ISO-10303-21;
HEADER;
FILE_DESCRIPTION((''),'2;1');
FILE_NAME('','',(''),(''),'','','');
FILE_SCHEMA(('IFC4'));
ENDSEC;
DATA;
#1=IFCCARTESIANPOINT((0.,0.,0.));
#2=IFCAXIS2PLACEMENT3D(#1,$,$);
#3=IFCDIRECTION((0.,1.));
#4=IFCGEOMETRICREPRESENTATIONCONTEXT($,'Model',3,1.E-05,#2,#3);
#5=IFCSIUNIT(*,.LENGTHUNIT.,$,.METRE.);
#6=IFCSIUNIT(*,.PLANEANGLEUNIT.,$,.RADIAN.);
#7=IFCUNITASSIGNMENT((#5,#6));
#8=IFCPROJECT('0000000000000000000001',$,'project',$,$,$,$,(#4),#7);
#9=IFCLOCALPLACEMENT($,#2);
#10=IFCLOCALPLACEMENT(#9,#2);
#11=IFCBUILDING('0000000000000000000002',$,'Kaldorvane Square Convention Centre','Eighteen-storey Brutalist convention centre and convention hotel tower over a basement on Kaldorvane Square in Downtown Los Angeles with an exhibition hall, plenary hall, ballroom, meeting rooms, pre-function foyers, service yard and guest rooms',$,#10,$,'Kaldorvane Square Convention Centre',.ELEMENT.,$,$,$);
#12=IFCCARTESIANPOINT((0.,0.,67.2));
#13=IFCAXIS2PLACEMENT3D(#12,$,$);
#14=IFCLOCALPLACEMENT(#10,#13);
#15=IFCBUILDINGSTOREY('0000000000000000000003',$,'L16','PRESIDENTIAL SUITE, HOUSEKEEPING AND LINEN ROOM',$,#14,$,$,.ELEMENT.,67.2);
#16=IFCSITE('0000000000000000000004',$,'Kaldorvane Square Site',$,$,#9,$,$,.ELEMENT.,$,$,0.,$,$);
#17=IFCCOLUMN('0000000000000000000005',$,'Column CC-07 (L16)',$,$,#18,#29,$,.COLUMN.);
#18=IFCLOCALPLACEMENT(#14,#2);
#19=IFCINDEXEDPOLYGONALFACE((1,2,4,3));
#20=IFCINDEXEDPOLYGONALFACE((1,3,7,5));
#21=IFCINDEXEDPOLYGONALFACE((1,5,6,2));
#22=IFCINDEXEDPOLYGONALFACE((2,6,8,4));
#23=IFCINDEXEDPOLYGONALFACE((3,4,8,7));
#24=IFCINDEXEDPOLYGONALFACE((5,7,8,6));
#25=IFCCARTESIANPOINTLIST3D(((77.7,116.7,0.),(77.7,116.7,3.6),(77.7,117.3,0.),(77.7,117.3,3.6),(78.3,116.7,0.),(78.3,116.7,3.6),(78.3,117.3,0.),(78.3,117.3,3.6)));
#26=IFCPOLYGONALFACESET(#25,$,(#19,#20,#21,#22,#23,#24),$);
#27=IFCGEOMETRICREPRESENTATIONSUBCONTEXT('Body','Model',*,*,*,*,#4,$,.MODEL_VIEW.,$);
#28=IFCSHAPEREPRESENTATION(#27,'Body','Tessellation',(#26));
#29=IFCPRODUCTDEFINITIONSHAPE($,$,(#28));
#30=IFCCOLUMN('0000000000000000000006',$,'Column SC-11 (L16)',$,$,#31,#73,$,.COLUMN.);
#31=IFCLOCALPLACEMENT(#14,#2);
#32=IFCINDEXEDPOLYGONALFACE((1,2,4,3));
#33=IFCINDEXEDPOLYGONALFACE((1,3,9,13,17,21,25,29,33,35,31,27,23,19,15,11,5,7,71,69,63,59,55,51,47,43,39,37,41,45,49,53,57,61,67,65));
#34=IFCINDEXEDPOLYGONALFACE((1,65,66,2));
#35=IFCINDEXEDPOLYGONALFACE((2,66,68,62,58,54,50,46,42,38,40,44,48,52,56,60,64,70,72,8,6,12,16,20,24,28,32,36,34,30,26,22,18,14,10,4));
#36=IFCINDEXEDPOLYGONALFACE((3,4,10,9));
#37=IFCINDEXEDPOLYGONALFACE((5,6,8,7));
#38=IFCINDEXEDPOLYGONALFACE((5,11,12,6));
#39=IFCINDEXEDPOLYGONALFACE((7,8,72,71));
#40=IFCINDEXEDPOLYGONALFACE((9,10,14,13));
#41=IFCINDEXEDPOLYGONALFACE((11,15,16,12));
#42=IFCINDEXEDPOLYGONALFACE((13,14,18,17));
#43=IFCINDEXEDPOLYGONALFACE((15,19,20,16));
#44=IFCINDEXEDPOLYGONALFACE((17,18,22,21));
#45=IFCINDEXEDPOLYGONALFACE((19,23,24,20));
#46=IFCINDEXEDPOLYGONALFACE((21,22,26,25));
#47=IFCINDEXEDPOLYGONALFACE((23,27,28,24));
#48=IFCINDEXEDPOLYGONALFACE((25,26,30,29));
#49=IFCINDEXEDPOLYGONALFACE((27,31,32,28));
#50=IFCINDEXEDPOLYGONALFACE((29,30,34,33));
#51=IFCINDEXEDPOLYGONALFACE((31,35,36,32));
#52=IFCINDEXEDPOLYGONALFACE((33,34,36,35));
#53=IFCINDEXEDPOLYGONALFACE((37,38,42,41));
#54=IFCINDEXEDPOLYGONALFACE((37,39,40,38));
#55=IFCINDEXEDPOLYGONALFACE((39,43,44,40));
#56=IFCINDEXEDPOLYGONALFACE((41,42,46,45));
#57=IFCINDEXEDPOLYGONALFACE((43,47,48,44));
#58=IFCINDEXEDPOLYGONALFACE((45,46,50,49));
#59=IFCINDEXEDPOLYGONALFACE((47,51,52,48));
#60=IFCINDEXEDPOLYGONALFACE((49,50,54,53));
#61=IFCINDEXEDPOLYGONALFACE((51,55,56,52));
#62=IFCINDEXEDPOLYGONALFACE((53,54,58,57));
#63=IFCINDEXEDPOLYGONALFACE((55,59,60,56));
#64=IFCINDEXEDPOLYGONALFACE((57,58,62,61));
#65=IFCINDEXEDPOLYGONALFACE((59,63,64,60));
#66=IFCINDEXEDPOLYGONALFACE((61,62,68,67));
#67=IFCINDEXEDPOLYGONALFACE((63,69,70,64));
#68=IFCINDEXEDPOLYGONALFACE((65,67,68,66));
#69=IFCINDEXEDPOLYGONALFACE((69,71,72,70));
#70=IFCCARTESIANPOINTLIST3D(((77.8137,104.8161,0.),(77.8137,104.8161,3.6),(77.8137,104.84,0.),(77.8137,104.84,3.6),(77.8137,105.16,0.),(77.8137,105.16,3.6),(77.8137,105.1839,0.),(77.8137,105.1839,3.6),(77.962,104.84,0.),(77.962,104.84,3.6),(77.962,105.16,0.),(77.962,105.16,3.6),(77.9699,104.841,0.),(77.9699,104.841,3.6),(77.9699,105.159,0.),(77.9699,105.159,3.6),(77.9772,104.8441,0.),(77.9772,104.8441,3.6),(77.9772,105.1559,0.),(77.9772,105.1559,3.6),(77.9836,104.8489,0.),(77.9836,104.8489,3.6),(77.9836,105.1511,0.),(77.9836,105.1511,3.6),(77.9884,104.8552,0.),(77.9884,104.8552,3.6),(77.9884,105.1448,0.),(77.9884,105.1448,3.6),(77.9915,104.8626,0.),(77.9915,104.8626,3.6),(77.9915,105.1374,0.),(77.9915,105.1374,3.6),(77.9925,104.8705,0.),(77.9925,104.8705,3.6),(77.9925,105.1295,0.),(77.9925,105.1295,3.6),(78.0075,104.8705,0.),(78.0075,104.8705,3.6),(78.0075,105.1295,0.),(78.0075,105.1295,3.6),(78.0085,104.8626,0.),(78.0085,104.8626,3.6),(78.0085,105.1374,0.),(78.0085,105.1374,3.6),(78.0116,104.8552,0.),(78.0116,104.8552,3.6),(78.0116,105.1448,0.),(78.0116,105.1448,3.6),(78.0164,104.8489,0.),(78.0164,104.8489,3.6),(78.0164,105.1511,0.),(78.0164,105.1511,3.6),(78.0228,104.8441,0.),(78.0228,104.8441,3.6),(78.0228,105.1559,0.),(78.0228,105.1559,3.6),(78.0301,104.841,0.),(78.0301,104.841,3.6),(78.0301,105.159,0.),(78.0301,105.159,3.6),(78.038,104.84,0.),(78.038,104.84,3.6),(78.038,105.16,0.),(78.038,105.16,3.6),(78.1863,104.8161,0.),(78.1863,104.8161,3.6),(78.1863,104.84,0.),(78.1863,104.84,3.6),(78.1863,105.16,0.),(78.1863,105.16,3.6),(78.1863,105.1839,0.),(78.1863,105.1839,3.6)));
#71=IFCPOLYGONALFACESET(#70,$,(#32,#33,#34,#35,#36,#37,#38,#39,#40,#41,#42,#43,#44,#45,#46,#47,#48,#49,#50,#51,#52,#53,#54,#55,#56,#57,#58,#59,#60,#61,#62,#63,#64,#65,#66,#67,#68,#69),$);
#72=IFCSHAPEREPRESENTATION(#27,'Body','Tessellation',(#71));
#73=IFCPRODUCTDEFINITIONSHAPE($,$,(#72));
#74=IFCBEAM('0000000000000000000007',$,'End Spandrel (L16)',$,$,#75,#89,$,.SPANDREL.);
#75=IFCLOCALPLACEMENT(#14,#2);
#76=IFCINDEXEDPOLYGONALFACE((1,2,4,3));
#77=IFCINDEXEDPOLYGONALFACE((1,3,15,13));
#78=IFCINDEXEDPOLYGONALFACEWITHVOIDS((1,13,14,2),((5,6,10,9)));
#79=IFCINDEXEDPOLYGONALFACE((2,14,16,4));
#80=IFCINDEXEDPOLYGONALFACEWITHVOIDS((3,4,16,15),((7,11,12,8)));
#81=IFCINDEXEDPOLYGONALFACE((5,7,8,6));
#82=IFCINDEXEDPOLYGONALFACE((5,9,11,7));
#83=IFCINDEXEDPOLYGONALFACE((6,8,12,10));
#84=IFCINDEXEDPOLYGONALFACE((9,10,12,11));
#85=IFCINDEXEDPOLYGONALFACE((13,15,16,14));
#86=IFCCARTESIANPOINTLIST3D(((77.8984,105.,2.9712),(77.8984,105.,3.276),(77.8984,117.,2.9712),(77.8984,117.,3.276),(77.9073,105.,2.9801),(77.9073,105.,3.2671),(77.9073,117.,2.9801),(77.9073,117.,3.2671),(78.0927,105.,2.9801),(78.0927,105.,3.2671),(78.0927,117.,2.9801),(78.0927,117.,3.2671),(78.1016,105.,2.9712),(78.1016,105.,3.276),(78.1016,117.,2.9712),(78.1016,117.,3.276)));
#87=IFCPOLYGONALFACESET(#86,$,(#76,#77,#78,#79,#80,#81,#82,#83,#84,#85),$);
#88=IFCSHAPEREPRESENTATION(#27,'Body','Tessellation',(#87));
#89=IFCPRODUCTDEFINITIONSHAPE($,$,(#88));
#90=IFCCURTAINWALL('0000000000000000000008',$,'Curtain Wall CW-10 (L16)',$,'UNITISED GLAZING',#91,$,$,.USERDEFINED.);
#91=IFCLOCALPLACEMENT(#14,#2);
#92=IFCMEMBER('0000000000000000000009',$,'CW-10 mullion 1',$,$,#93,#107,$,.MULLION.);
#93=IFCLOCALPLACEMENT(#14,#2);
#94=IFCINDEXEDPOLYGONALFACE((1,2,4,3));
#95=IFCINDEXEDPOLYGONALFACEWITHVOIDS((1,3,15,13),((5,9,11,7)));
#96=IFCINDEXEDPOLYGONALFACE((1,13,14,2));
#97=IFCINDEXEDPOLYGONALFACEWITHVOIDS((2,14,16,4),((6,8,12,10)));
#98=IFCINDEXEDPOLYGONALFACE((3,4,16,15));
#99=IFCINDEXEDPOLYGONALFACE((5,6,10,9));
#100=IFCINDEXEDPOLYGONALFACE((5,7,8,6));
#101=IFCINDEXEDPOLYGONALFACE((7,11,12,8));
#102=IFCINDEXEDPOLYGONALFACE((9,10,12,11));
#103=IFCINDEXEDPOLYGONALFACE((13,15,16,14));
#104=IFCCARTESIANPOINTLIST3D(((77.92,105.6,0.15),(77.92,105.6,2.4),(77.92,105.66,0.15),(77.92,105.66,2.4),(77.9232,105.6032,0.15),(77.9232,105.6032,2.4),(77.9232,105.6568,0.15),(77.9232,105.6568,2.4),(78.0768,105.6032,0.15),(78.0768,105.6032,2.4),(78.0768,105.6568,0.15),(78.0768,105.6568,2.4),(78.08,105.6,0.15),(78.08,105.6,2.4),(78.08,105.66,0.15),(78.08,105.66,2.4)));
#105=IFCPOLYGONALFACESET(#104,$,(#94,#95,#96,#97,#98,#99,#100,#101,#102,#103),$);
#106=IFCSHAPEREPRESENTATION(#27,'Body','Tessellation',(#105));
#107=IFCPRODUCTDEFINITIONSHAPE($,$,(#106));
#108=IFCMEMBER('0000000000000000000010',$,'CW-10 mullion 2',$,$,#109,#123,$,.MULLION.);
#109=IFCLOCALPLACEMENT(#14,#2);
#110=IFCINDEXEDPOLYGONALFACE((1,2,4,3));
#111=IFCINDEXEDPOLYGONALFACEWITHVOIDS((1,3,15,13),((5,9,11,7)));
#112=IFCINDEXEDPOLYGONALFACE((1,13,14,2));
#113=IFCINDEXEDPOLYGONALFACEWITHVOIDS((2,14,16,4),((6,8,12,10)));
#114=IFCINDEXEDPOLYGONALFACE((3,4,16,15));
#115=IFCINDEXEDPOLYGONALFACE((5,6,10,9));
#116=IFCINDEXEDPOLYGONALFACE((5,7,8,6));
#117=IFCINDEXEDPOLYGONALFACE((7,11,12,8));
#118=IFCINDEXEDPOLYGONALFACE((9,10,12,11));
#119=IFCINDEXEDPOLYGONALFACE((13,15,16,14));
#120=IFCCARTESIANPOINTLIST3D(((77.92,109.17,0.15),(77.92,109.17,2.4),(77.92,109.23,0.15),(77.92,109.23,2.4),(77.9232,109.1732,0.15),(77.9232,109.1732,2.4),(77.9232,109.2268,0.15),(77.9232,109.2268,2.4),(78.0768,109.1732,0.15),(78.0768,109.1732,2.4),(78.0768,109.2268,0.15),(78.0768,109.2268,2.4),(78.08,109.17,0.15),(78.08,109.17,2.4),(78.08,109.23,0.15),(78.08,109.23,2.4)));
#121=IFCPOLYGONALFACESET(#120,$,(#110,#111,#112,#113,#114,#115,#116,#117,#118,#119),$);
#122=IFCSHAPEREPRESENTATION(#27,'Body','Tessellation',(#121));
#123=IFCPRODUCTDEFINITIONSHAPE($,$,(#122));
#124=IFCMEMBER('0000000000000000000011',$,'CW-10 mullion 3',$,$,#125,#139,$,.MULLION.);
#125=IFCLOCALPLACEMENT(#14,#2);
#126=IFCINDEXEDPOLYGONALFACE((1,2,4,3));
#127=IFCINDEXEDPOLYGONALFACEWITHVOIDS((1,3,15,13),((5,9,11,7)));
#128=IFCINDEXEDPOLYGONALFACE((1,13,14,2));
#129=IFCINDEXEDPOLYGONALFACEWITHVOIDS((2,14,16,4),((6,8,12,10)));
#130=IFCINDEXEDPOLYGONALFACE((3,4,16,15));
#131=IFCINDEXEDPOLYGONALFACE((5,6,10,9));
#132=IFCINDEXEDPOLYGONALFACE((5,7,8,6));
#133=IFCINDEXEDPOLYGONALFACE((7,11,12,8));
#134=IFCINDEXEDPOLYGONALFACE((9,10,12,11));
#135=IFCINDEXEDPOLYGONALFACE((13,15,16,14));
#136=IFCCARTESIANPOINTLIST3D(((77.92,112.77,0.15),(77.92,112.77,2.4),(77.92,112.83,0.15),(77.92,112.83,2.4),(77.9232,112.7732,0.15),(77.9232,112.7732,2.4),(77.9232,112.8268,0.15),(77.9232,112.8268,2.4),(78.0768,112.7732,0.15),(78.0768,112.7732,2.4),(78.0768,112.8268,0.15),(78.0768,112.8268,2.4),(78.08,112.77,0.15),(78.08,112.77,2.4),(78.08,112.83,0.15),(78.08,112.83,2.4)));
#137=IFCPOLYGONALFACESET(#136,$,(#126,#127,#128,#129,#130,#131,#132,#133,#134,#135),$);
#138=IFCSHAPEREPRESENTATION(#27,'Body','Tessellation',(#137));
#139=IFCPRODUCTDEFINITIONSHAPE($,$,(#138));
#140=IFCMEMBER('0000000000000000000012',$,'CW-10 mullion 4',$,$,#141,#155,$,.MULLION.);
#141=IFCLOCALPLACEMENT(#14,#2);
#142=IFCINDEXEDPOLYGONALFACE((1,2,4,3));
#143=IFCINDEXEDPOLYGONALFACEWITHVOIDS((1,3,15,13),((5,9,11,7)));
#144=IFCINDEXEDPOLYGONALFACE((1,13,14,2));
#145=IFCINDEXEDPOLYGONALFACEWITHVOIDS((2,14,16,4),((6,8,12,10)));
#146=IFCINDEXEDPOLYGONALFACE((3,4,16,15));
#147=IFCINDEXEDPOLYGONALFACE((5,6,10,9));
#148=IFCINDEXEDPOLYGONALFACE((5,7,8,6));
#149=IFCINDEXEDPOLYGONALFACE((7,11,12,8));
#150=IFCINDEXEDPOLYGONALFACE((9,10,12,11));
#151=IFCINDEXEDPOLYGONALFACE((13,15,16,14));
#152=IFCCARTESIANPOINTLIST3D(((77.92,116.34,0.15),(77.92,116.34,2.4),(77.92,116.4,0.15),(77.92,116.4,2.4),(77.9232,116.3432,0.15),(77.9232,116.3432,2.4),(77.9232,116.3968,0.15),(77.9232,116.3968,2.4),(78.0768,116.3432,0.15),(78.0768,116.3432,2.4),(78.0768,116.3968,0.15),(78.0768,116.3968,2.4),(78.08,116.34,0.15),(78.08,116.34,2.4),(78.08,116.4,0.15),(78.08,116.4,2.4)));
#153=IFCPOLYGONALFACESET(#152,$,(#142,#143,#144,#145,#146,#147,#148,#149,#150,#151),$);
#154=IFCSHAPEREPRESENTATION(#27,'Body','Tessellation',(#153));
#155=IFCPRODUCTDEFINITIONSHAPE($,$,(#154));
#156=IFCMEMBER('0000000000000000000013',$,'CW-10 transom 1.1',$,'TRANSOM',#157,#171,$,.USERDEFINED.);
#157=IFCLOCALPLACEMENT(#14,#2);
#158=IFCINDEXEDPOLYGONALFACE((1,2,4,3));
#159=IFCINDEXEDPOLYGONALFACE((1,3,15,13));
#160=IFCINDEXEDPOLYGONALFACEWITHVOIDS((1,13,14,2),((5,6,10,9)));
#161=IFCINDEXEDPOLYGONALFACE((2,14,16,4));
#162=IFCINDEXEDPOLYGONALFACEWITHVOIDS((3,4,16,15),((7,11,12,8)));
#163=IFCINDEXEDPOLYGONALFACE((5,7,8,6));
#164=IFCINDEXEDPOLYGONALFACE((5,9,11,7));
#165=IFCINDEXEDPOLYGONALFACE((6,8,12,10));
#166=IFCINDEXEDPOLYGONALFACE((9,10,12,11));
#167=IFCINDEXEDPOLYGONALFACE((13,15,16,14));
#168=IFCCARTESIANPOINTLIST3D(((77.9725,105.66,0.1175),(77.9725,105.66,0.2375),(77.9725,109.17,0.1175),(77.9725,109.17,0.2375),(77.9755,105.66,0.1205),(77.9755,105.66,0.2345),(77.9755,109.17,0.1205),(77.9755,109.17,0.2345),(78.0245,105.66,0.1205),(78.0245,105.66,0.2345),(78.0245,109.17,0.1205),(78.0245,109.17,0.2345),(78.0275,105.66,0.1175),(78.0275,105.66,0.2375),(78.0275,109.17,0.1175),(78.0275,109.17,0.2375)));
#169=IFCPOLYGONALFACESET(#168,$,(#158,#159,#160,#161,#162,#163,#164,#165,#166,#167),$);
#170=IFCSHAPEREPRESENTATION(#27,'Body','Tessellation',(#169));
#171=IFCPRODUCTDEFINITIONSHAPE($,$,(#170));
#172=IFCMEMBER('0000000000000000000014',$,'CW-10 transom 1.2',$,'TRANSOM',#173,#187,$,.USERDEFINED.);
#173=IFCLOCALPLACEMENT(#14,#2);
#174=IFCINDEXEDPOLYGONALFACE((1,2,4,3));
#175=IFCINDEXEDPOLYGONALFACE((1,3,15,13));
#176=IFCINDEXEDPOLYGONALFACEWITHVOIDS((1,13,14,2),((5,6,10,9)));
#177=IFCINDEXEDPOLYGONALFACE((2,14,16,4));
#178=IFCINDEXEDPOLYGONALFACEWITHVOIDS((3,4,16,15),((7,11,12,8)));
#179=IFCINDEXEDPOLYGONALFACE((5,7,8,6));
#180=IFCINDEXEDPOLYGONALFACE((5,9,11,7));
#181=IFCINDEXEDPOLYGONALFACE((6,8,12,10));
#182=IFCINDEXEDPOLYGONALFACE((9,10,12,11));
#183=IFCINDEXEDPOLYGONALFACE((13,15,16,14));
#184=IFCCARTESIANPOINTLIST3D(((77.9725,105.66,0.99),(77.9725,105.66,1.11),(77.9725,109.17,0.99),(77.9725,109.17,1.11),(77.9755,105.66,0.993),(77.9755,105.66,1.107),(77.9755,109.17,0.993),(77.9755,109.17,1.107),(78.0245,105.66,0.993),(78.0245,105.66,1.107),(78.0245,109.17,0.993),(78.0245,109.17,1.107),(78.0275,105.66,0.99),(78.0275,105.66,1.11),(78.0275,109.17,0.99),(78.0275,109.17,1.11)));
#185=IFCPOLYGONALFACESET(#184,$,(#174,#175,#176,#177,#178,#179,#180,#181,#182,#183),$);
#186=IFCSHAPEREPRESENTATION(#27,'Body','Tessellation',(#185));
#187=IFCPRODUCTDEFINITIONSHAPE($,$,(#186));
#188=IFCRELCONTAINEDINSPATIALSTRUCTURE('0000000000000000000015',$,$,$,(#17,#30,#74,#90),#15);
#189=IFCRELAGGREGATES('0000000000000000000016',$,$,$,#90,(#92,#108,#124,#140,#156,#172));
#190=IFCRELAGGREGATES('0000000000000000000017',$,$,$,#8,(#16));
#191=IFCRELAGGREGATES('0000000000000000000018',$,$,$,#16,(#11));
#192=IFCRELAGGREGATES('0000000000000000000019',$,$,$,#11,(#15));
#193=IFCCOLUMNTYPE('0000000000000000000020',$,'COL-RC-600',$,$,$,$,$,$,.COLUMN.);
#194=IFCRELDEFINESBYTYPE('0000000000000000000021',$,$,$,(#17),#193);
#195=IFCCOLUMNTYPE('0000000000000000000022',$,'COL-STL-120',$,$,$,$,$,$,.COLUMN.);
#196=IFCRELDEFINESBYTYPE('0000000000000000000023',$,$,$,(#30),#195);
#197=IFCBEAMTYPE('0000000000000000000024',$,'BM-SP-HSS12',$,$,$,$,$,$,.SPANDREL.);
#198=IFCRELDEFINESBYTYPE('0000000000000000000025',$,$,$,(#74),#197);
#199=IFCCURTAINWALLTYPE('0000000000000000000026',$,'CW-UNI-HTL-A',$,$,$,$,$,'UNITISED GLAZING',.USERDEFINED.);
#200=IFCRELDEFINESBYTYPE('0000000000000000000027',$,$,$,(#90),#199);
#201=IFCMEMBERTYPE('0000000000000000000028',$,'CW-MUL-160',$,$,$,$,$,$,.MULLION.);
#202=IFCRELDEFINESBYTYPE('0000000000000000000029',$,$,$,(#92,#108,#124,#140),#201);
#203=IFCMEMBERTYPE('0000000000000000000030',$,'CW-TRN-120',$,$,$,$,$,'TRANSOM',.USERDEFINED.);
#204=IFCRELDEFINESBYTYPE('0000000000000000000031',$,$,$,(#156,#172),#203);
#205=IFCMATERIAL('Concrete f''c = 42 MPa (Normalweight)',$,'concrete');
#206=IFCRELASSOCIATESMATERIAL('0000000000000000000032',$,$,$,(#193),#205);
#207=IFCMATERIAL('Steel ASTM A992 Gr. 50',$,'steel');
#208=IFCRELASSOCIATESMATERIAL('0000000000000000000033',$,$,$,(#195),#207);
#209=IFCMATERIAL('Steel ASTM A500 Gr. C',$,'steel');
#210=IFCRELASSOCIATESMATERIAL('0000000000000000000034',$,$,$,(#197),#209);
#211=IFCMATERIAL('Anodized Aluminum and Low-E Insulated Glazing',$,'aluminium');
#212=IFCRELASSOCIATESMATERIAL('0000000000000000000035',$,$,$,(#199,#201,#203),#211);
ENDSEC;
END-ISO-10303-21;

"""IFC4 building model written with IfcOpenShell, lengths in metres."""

from ifc_helpers import new_model, si_unit, direction, frame, origin, origin_2d, place, context, subcontext, project, spatial, rectangle, hollow_rectangle, i_section, extrude, material, material_profile, profile_set, type_object, element, aggregate, save


model = new_model("IFC4")

# Units and contexts
model_context = context("Model", 3, precision=1e-05, world=origin(), true_north=direction((0.0, 1.0)))
body_context = subcontext(model_context, "Body", "Model", "MODEL_VIEW")
ifc_project = project(units=[si_unit("LENGTHUNIT", "METRE"), si_unit("PLANEANGLEUNIT", "RADIAN")], contexts=[model_context])

# Site, building, storey
site_placement = place(None, origin())
site = spatial("IfcSite", under=ifc_project, at=site_placement, Name="Kaldorvane Square Site", CompositionType="ELEMENT", RefElevation=0.0)
building_placement = place(site_placement, origin())
building = spatial("IfcBuilding", under=site, at=building_placement, Name="Kaldorvane Square Convention Centre", Description="Eighteen-storey Brutalist convention centre and convention hotel tower over a basement on Kaldorvane Square in Downtown Los Angeles with an exhibition hall, plenary hall, ballroom, meeting rooms, pre-function foyers, service yard and guest rooms", LongName="Kaldorvane Square Convention Centre", CompositionType="ELEMENT")
storey_placement = place(building_placement, frame((0.0, 0.0, 67.2)))
storey = spatial("IfcBuildingStorey", under=building, at=storey_placement, Name="L16", Description="PRESIDENTIAL SUITE, HOUSEKEEPING AND LINEN ROOM", CompositionType="ELEMENT", Elevation=67.2)

# Columns
ifc_material_1 = material(Name="Concrete f'c = 42 MPa (Normalweight)", Category="concrete")
ifc_material_profile_1 = material_profile(ifc_material_1, rectangle(XDim=0.6, YDim=0.6, at=origin_2d()), Name="RC600X600")
ifc_profile_set_1 = profile_set([ifc_material_profile_1], Name="Concrete f'c = 42 MPa (Normalweight)")
column_type_1 = type_object("IfcColumnType", Name="COL-RC-600", PredefinedType="COLUMN", material=ifc_profile_set_1)
column_1_placement = place(storey_placement, frame((78.0, 117.0, 0.0), z_axis=(0.0, 0.0, 1.0), x_axis=(1.0, 0.0, 0.0)))
element("IfcColumn", 1, at=column_1_placement, inside=storey, type_object=column_type_1, Name="Column CC-07 (L16)", PredefinedType="COLUMN", context=body_context, shape_type="SweptSolid", body=[
    extrude(rectangle(XDim=0.6, YDim=0.6, at=origin_2d()), origin(), (0.0, 0.0, 1.0), 3.6),
])
ifc_material_2 = material(Name="Steel ASTM A992 Gr. 50", Category="steel")
ifc_material_profile_2 = material_profile(ifc_material_2, i_section(OverallWidth=0.3726, OverallDepth=0.3678, WebThickness=0.015, FlangeThickness=0.0239, FilletRadius=0.0305, at=origin_2d()), Name="W14X120")
ifc_profile_set_2 = profile_set([ifc_material_profile_2], Name="Steel ASTM A992 Gr. 50")
column_type_2 = type_object("IfcColumnType", Name="COL-STL-120", PredefinedType="COLUMN", material=ifc_profile_set_2)
column_2_placement = place(storey_placement, frame((78.0, 105.0, 0.0), z_axis=(0.0, 0.0, 1.0), x_axis=(1.0, 0.0, 0.0)))
element("IfcColumn", 2, at=column_2_placement, inside=storey, type_object=column_type_2, Name="Column SC-11 (L16)", PredefinedType="COLUMN", context=body_context, shape_type="SweptSolid", body=[
    extrude(i_section(OverallWidth=0.3726, OverallDepth=0.3678, WebThickness=0.015, FlangeThickness=0.0239, FilletRadius=0.0305, at=origin_2d()), origin(), (0.0, 0.0, 1.0), 3.6),
])

# Beam
ifc_material_3 = material(Name="Steel ASTM A500 Gr. C", Category="steel")
ifc_material_profile_3 = material_profile(ifc_material_3, hollow_rectangle(XDim=0.2032, YDim=0.3048, WallThickness=0.0089, at=origin_2d()), Name="HSS12X8X3/8")
ifc_profile_set_3 = profile_set([ifc_material_profile_3], Name="Steel ASTM A500 Gr. C")
beam_type = type_object("IfcBeamType", Name="BM-SP-HSS12", PredefinedType="SPANDREL", material=ifc_profile_set_3)
beam_placement = place(storey_placement, frame((78.0, 105.0, 3.1236), z_axis=(0.0, 1.0, 0.0), x_axis=(-1.0, 0.0, 0.0)))
element("IfcBeam", 3, at=beam_placement, inside=storey, type_object=beam_type, Name="End Spandrel (L16)", PredefinedType="SPANDREL", context=body_context, shape_type="SweptSolid", body=[
    extrude(hollow_rectangle(XDim=0.2032, YDim=0.3048, WallThickness=0.0089, at=origin_2d()), origin(), (0.0, 0.0, 1.0), 12.0),
])

# Curtain wall, members
ifc_material_4 = material(Name="Anodized Aluminum and Low-E Insulated Glazing", Category="aluminium")
curtain_wall_type = type_object("IfcCurtainWallType", Name="CW-UNI-HTL-A", ElementType="UNITISED GLAZING", PredefinedType="USERDEFINED", material=ifc_material_4)
curtain_wall_placement = place(storey_placement, origin())
curtain_wall = element("IfcCurtainWall", 4, at=curtain_wall_placement, inside=storey, type_object=curtain_wall_type, Name="Curtain Wall CW-10 (L16)", ObjectType="UNITISED GLAZING", PredefinedType="USERDEFINED")
ifc_material_profile_4 = material_profile(ifc_material_4, hollow_rectangle(XDim=0.06, YDim=0.16, WallThickness=0.0032, at=origin_2d()), Name="CWM-160X60")
ifc_profile_set_4 = profile_set([ifc_material_profile_4], Name="Anodized Aluminum and Low-E Insulated Glazing")
member_type_1 = type_object("IfcMemberType", Name="CW-MUL-160", PredefinedType="MULLION", material=ifc_profile_set_4)
member_1_placement = place(storey_placement, frame((78.0, 105.63, 0.15), z_axis=(0.0, 0.0, 1.0), x_axis=(0.0, 1.0, 0.0)))
member_1 = element("IfcMember", 5, at=member_1_placement, type_object=member_type_1, Name="CW-10 mullion 1", PredefinedType="MULLION", context=body_context, shape_type="SweptSolid", body=[
    extrude(hollow_rectangle(XDim=0.06, YDim=0.16, WallThickness=0.0032, at=origin_2d()), origin(), (0.0, 0.0, 1.0), 2.25),
])
member_2_placement = place(storey_placement, frame((78.0, 109.2, 0.15), z_axis=(0.0, 0.0, 1.0), x_axis=(0.0, 1.0, 0.0)))
member_2 = element("IfcMember", 6, at=member_2_placement, type_object=member_type_1, Name="CW-10 mullion 2", PredefinedType="MULLION", context=body_context, shape_type="SweptSolid", body=[
    extrude(hollow_rectangle(XDim=0.06, YDim=0.16, WallThickness=0.0032, at=origin_2d()), origin(), (0.0, 0.0, 1.0), 2.25),
])
member_3_placement = place(storey_placement, frame((78.0, 112.8, 0.15), z_axis=(0.0, 0.0, 1.0), x_axis=(0.0, 1.0, 0.0)))
member_3 = element("IfcMember", 7, at=member_3_placement, type_object=member_type_1, Name="CW-10 mullion 3", PredefinedType="MULLION", context=body_context, shape_type="SweptSolid", body=[
    extrude(hollow_rectangle(XDim=0.06, YDim=0.16, WallThickness=0.0032, at=origin_2d()), origin(), (0.0, 0.0, 1.0), 2.25),
])
member_4_placement = place(storey_placement, frame((78.0, 116.37, 0.15), z_axis=(0.0, 0.0, 1.0), x_axis=(0.0, 1.0, 0.0)))
member_4 = element("IfcMember", 8, at=member_4_placement, type_object=member_type_1, Name="CW-10 mullion 4", PredefinedType="MULLION", context=body_context, shape_type="SweptSolid", body=[
    extrude(hollow_rectangle(XDim=0.06, YDim=0.16, WallThickness=0.0032, at=origin_2d()), origin(), (0.0, 0.0, 1.0), 2.25),
])
ifc_material_profile_5 = material_profile(ifc_material_4, hollow_rectangle(XDim=0.055, YDim=0.12, WallThickness=0.003, at=origin_2d()), Name="CWT-120X55")
ifc_profile_set_5 = profile_set([ifc_material_profile_5], Name="Anodized Aluminum and Low-E Insulated Glazing")
member_type_2 = type_object("IfcMemberType", Name="CW-TRN-120", ElementType="TRANSOM", PredefinedType="USERDEFINED", material=ifc_profile_set_5)
member_5_placement = place(storey_placement, frame((78.0, 105.66, 0.1775), z_axis=(0.0, 1.0, 0.0), x_axis=(-1.0, 0.0, 0.0)))
member_5 = element("IfcMember", 9, at=member_5_placement, type_object=member_type_2, Name="CW-10 transom 1.1", ObjectType="TRANSOM", PredefinedType="USERDEFINED", context=body_context, shape_type="SweptSolid", body=[
    extrude(hollow_rectangle(XDim=0.055, YDim=0.12, WallThickness=0.003, at=origin_2d()), origin(), (0.0, 0.0, 1.0), 3.51),
])
member_6_placement = place(storey_placement, frame((78.0, 105.66, 1.05), z_axis=(0.0, 1.0, 0.0), x_axis=(-1.0, 0.0, 0.0)))
member_6 = element("IfcMember", 10, at=member_6_placement, type_object=member_type_2, Name="CW-10 transom 1.2", ObjectType="TRANSOM", PredefinedType="USERDEFINED", context=body_context, shape_type="SweptSolid", body=[
    extrude(hollow_rectangle(XDim=0.055, YDim=0.12, WallThickness=0.003, at=origin_2d()), origin(), (0.0, 0.0, 1.0), 3.51),
])
aggregate(curtain_wall, [member_1, member_2, member_3, member_4, member_5, member_6])

save(model, "model.ifc")
